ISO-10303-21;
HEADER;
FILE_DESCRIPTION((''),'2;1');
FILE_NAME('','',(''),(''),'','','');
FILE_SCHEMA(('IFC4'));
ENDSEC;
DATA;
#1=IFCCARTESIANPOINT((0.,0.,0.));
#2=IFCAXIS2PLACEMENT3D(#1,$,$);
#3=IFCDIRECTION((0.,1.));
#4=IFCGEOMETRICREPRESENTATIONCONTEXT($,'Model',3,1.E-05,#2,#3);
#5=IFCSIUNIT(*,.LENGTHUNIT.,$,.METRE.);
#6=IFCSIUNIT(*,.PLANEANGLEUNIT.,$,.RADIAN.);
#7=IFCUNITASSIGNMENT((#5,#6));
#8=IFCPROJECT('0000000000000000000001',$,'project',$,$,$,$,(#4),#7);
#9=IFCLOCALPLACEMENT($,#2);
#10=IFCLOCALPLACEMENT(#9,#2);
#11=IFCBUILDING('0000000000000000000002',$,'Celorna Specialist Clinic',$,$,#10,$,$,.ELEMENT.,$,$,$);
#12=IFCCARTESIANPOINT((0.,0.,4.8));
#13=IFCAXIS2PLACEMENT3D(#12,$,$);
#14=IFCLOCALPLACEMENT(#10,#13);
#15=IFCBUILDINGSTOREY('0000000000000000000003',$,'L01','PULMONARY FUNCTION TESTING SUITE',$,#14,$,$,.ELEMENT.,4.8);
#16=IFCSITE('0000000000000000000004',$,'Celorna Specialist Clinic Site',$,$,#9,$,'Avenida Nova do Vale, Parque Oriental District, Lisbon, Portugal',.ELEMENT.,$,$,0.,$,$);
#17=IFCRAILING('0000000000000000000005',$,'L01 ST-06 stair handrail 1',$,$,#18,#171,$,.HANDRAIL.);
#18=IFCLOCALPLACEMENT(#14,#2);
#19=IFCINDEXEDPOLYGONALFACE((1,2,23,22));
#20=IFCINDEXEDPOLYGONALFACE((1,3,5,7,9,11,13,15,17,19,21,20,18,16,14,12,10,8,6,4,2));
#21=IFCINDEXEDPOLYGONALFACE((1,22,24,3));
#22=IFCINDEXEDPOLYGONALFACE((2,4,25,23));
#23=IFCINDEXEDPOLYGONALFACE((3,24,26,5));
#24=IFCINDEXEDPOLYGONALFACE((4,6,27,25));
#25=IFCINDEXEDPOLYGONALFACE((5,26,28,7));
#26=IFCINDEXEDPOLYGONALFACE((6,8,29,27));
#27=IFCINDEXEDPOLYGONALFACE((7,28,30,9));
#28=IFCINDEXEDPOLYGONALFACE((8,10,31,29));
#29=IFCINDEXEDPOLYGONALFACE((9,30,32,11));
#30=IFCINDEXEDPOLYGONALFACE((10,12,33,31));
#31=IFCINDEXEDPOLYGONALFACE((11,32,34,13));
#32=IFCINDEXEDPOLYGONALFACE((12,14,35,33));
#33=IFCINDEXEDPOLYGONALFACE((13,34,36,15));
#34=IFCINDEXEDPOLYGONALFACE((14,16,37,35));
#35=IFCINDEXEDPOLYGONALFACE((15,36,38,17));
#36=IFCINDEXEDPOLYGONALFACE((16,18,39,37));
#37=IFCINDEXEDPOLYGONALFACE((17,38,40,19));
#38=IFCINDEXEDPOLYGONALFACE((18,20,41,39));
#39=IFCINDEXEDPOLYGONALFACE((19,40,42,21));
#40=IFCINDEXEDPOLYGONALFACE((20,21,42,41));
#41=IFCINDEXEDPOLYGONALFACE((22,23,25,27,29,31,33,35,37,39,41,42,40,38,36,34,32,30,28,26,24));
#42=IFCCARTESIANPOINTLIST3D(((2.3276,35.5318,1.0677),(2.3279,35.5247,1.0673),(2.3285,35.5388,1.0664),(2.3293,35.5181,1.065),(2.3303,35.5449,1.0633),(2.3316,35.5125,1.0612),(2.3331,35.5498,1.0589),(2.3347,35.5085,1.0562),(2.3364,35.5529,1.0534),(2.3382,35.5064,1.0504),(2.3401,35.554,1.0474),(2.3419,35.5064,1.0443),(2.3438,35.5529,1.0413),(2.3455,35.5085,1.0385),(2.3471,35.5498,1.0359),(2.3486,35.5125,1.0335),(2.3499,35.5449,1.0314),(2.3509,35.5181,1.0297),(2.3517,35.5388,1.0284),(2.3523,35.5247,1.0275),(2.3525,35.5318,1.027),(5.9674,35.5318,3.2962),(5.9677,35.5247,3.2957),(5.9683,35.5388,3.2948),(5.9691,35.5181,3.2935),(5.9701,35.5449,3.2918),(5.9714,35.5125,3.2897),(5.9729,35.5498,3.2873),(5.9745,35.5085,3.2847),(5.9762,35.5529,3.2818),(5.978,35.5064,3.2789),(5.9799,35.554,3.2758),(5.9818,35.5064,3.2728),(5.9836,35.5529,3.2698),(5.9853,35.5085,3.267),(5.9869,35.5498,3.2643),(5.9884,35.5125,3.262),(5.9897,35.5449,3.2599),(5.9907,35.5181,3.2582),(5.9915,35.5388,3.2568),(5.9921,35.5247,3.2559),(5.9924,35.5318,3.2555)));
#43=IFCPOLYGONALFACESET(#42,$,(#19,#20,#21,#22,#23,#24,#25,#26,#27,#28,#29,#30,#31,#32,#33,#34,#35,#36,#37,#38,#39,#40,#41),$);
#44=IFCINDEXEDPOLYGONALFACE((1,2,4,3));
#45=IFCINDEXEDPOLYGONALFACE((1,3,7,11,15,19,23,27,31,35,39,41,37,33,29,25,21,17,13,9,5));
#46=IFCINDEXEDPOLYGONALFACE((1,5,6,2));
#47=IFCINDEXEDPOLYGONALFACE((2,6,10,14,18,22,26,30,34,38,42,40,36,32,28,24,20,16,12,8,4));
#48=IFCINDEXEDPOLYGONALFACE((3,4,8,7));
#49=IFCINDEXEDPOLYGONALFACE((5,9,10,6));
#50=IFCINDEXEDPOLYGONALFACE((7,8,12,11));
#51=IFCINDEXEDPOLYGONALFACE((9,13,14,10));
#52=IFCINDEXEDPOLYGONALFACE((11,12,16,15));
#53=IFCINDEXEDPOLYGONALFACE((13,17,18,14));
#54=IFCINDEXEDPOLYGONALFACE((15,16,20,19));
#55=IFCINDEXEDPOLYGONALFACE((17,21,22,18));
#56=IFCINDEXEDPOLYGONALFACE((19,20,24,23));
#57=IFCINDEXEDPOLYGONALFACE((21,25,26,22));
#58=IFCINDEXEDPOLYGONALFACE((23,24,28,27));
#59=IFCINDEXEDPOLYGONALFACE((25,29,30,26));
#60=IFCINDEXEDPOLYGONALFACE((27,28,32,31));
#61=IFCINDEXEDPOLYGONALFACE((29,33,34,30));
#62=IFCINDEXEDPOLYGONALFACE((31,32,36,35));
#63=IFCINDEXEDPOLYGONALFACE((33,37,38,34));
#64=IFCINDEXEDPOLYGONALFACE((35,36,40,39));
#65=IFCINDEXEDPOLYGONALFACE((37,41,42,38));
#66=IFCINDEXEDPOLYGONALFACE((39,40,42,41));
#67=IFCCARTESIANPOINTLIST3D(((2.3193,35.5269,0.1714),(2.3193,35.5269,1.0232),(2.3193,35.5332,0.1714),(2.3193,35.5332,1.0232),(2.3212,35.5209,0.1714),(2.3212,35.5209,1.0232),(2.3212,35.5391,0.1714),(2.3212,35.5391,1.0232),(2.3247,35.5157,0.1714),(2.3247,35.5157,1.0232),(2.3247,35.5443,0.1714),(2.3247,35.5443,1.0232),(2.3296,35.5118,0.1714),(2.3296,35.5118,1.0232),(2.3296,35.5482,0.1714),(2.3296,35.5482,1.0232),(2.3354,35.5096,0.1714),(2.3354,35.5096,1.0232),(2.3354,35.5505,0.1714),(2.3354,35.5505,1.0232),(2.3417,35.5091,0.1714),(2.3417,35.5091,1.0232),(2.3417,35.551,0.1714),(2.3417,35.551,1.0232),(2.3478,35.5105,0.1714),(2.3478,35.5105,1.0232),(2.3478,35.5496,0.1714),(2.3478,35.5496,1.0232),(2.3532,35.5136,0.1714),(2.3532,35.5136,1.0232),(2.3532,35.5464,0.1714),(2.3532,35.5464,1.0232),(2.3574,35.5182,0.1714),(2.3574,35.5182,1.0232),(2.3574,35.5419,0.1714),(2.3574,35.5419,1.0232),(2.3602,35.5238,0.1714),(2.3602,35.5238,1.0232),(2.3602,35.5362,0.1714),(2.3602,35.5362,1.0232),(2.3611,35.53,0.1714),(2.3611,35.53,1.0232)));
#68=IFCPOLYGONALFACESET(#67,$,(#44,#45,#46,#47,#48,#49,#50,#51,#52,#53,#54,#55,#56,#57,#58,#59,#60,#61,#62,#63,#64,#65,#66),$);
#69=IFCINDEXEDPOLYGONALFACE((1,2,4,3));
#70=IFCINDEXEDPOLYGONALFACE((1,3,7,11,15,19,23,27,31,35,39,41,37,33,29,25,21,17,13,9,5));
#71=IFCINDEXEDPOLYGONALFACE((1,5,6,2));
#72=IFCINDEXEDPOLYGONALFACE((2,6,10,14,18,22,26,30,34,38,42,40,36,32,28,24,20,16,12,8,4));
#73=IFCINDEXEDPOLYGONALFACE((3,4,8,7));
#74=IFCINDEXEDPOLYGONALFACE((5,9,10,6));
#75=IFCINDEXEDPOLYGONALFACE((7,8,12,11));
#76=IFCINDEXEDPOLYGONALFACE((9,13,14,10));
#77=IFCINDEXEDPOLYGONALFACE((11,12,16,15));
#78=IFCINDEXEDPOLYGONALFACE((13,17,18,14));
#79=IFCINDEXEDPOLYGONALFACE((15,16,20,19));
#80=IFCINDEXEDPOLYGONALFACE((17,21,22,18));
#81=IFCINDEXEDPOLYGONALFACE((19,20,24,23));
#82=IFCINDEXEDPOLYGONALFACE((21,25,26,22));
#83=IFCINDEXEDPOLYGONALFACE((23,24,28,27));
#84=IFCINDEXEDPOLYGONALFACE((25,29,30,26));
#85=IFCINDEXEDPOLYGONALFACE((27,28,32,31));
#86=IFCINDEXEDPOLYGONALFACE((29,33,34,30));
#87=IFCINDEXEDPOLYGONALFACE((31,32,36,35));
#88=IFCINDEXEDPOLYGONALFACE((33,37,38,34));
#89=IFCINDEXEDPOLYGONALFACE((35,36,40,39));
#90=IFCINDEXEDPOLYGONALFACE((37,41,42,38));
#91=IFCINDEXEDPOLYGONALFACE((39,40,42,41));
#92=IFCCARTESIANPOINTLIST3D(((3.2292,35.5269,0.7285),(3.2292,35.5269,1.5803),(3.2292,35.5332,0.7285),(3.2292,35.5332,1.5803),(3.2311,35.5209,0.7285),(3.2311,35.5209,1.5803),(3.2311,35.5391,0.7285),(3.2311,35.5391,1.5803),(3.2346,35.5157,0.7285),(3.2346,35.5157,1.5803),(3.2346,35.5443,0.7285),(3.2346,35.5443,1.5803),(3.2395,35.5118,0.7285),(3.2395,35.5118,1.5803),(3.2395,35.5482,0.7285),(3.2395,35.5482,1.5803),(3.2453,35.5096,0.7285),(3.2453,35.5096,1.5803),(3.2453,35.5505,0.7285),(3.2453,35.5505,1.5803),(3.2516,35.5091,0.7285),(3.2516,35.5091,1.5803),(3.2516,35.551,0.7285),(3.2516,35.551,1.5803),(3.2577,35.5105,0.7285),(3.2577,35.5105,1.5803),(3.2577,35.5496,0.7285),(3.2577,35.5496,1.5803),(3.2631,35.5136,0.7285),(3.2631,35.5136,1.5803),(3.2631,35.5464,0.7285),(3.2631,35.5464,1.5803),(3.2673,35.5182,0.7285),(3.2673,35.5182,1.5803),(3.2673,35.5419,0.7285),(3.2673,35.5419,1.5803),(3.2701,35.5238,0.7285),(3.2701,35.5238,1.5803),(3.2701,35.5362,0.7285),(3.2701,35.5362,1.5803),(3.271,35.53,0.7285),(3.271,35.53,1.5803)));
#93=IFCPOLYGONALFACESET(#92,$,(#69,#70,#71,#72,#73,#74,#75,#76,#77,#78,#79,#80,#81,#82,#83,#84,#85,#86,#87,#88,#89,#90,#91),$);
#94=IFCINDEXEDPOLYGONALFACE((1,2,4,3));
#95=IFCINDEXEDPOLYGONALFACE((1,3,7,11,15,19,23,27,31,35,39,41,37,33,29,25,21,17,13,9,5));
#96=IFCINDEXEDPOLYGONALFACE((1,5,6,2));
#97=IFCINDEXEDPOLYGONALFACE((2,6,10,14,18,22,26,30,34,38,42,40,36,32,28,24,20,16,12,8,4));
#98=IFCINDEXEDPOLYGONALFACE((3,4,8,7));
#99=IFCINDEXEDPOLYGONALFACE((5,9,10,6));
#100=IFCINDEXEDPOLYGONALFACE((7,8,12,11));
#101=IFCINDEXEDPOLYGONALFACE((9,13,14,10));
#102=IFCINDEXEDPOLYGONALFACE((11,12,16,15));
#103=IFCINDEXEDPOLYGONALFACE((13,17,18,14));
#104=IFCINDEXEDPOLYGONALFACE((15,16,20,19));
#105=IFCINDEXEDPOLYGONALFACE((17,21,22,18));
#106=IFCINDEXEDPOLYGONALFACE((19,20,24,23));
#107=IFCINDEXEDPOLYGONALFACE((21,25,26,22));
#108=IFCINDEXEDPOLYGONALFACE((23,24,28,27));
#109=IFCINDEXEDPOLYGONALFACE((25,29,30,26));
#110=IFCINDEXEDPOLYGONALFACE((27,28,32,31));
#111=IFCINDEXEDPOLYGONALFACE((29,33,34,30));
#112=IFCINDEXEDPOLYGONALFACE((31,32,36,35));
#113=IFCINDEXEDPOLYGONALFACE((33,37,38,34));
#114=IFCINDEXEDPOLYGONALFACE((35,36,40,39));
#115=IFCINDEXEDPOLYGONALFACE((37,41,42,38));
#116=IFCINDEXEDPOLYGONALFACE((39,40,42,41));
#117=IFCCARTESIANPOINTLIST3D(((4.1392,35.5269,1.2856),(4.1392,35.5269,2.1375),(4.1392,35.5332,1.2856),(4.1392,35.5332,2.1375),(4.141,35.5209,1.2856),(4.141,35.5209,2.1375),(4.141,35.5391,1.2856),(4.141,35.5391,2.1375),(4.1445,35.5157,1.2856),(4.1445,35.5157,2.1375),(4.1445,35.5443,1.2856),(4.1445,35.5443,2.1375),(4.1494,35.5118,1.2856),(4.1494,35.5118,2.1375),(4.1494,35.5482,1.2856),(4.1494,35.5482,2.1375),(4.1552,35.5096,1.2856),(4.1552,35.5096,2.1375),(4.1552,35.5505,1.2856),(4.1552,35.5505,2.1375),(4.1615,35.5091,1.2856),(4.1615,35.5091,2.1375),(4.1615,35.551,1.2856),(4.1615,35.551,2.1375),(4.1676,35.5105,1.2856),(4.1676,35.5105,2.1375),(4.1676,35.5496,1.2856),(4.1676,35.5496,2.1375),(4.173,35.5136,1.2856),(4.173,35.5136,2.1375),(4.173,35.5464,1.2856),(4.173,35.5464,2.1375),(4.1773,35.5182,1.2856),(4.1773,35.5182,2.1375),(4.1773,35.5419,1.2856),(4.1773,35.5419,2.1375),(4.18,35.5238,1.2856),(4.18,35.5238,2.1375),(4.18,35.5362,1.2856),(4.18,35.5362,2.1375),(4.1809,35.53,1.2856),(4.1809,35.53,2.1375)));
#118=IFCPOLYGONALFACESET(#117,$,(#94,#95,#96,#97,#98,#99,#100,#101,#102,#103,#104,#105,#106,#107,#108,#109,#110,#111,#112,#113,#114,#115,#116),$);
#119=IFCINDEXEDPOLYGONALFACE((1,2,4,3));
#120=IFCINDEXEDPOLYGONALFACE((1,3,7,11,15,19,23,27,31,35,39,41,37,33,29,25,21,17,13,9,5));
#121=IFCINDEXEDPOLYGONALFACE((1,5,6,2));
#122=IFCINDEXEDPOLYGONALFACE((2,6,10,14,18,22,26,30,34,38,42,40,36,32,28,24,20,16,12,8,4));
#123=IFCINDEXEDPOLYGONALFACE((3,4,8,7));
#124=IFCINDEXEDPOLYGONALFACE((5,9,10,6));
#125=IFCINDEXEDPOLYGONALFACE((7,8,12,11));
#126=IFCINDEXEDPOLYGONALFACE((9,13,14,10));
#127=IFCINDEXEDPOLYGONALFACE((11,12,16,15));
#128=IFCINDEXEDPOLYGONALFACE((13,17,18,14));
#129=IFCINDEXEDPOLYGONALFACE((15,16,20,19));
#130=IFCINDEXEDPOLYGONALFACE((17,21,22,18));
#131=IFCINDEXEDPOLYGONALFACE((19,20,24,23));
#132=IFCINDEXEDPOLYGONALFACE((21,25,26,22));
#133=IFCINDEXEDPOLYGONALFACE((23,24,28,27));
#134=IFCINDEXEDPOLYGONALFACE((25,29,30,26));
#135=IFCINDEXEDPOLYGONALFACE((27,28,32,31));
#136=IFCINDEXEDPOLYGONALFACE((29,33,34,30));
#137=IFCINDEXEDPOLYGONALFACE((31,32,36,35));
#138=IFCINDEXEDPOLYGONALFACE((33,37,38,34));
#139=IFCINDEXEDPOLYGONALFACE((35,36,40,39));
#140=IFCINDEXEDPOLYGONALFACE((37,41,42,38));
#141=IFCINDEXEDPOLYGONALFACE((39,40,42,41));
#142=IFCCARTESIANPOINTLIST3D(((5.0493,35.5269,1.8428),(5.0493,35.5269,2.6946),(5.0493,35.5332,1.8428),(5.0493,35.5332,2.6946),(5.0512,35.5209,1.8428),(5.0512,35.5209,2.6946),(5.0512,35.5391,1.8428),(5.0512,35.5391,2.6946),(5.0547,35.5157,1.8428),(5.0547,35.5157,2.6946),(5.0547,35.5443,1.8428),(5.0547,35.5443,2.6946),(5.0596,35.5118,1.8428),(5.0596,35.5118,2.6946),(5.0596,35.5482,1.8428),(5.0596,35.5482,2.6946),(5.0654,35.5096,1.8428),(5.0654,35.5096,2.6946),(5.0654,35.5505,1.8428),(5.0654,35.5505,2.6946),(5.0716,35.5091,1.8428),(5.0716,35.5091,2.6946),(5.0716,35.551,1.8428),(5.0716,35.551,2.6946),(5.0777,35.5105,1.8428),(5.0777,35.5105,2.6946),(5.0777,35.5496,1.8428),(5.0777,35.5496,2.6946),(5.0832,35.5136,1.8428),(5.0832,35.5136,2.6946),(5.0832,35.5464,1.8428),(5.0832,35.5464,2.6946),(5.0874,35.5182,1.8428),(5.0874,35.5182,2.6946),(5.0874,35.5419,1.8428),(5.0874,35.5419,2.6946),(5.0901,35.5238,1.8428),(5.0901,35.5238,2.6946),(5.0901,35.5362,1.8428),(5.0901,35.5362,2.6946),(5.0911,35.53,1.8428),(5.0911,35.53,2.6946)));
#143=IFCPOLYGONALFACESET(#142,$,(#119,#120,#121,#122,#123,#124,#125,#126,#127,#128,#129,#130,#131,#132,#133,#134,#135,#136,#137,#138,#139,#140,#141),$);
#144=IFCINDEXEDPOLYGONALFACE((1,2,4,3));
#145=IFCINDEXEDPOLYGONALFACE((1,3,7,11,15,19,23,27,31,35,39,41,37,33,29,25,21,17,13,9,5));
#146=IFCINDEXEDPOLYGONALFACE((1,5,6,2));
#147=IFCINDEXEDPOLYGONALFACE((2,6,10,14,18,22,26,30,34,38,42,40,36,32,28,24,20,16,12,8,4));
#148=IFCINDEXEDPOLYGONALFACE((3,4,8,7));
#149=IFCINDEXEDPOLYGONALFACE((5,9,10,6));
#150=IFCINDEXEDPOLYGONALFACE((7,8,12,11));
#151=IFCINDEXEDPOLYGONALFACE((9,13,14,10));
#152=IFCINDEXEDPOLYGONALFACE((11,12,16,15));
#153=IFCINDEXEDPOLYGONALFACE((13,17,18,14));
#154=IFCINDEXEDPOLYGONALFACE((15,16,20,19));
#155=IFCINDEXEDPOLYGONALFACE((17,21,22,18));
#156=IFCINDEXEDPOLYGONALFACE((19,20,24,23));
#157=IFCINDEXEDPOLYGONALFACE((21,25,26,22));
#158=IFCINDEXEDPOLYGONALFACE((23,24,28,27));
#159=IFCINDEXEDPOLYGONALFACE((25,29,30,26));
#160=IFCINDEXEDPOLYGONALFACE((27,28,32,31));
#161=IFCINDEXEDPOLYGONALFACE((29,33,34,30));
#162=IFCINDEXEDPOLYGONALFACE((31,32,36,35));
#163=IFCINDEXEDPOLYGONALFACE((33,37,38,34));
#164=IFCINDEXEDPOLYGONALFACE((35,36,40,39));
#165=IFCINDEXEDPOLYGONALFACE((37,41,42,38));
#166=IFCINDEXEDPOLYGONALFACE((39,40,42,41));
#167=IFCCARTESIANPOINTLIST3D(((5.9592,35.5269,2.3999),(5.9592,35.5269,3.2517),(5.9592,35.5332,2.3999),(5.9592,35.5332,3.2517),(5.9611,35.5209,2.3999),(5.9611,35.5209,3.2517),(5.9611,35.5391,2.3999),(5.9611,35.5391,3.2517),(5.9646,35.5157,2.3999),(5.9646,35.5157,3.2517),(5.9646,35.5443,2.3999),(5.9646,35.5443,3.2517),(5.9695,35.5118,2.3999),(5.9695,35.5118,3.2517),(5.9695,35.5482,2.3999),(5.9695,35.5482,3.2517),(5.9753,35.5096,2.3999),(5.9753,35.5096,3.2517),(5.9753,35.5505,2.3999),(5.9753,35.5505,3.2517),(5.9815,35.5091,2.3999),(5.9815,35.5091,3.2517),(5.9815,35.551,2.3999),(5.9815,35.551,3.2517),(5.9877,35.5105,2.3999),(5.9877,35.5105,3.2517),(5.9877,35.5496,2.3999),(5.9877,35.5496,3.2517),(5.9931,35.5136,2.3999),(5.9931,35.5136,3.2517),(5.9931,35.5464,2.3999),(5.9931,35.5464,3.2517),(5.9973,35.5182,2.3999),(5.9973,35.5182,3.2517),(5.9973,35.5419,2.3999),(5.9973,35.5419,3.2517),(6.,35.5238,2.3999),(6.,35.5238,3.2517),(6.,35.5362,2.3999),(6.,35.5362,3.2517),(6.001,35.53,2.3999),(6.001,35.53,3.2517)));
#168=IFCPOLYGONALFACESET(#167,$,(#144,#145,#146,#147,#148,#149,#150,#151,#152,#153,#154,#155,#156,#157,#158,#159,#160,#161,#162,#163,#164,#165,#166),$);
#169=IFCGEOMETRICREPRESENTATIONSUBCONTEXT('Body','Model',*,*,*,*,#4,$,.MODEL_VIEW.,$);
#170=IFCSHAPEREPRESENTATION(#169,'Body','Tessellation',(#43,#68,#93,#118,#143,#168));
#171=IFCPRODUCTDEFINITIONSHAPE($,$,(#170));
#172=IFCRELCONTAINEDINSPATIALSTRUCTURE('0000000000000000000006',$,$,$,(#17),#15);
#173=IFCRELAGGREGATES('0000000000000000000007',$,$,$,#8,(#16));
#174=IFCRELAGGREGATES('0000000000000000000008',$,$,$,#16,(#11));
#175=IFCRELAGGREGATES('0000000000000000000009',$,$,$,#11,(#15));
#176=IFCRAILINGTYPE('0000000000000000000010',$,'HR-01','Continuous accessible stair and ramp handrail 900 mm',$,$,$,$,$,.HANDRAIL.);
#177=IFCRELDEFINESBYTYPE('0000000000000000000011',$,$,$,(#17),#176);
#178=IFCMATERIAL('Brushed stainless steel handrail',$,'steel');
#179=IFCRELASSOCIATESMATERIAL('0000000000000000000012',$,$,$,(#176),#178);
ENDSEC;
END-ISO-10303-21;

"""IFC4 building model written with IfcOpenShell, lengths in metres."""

from ifc_helpers import new_model, si_unit, direction, frame, origin, origin_2d, place, context, subcontext, project, spatial, circle, extrude, material, type_object, element, save


model = new_model("IFC4")

# Units and contexts
model_context = context("Model", 3, precision=1e-05, world=origin(), true_north=direction((0.0, 1.0)))
body_context = subcontext(model_context, "Body", "Model", "MODEL_VIEW")
ifc_project = project(units=[si_unit("LENGTHUNIT", "METRE"), si_unit("PLANEANGLEUNIT", "RADIAN")], contexts=[model_context])

# Site, building, storey
site_placement = place(None, origin())
site = spatial("IfcSite", under=ifc_project, at=site_placement, Name="Celorna Specialist Clinic Site", LongName="Avenida Nova do Vale, Parque Oriental District, Lisbon, Portugal", CompositionType="ELEMENT", RefElevation=0.0)
building_placement = place(site_placement, origin())
building = spatial("IfcBuilding", under=site, at=building_placement, Name="Celorna Specialist Clinic", CompositionType="ELEMENT")
storey_placement = place(building_placement, frame((0.0, 0.0, 4.8)))
storey = spatial("IfcBuildingStorey", under=building, at=storey_placement, Name="L01", Description="PULMONARY FUNCTION TESTING SUITE", CompositionType="ELEMENT", Elevation=4.8)

# Railing
ifc_material_1 = material(Name="Brushed stainless steel handrail", Category="steel")
railing_type = type_object("IfcRailingType", Name="HR-01", Description="Continuous accessible stair and ramp handrail 900 mm", PredefinedType="HANDRAIL", material=ifc_material_1)
railing_placement = place(storey_placement, frame((2.3401, 35.53, 0.1714)))
element("IfcRailing", 1, at=railing_placement, inside=storey, type_object=railing_type, Name="L01 ST-06 stair handrail 1", PredefinedType="HANDRAIL", context=body_context, shape_type="SweptSolid", body=[
    extrude(circle(Radius=0.0239, at=origin_2d()), frame((0.0, 0.0, 0.876), z_axis=(0.85285, 0.0, 0.522156), x_axis=(0.0, 1.0, 0.0)), (0.0, 0.0, 1.0), 4.2678),
    extrude(circle(Radius=0.021, at=origin_2d()), origin(), (0.0, 0.0, 1.0), 0.8518),
    extrude(circle(Radius=0.021, at=origin_2d()), frame((0.9099, 0.0, 0.5571)), (0.0, 0.0, 1.0), 0.8518),
    extrude(circle(Radius=0.021, at=origin_2d()), frame((1.8198, 0.0, 1.1143)), (0.0, 0.0, 1.0), 0.8518),
    extrude(circle(Radius=0.021, at=origin_2d()), frame((2.73, 0.0, 1.6714)), (0.0, 0.0, 1.0), 0.8518),
    extrude(circle(Radius=0.021, at=origin_2d()), frame((3.6399, 0.0, 2.2285)), (0.0, 0.0, 1.0), 0.8518),
])

save(model, "model.ifc")
